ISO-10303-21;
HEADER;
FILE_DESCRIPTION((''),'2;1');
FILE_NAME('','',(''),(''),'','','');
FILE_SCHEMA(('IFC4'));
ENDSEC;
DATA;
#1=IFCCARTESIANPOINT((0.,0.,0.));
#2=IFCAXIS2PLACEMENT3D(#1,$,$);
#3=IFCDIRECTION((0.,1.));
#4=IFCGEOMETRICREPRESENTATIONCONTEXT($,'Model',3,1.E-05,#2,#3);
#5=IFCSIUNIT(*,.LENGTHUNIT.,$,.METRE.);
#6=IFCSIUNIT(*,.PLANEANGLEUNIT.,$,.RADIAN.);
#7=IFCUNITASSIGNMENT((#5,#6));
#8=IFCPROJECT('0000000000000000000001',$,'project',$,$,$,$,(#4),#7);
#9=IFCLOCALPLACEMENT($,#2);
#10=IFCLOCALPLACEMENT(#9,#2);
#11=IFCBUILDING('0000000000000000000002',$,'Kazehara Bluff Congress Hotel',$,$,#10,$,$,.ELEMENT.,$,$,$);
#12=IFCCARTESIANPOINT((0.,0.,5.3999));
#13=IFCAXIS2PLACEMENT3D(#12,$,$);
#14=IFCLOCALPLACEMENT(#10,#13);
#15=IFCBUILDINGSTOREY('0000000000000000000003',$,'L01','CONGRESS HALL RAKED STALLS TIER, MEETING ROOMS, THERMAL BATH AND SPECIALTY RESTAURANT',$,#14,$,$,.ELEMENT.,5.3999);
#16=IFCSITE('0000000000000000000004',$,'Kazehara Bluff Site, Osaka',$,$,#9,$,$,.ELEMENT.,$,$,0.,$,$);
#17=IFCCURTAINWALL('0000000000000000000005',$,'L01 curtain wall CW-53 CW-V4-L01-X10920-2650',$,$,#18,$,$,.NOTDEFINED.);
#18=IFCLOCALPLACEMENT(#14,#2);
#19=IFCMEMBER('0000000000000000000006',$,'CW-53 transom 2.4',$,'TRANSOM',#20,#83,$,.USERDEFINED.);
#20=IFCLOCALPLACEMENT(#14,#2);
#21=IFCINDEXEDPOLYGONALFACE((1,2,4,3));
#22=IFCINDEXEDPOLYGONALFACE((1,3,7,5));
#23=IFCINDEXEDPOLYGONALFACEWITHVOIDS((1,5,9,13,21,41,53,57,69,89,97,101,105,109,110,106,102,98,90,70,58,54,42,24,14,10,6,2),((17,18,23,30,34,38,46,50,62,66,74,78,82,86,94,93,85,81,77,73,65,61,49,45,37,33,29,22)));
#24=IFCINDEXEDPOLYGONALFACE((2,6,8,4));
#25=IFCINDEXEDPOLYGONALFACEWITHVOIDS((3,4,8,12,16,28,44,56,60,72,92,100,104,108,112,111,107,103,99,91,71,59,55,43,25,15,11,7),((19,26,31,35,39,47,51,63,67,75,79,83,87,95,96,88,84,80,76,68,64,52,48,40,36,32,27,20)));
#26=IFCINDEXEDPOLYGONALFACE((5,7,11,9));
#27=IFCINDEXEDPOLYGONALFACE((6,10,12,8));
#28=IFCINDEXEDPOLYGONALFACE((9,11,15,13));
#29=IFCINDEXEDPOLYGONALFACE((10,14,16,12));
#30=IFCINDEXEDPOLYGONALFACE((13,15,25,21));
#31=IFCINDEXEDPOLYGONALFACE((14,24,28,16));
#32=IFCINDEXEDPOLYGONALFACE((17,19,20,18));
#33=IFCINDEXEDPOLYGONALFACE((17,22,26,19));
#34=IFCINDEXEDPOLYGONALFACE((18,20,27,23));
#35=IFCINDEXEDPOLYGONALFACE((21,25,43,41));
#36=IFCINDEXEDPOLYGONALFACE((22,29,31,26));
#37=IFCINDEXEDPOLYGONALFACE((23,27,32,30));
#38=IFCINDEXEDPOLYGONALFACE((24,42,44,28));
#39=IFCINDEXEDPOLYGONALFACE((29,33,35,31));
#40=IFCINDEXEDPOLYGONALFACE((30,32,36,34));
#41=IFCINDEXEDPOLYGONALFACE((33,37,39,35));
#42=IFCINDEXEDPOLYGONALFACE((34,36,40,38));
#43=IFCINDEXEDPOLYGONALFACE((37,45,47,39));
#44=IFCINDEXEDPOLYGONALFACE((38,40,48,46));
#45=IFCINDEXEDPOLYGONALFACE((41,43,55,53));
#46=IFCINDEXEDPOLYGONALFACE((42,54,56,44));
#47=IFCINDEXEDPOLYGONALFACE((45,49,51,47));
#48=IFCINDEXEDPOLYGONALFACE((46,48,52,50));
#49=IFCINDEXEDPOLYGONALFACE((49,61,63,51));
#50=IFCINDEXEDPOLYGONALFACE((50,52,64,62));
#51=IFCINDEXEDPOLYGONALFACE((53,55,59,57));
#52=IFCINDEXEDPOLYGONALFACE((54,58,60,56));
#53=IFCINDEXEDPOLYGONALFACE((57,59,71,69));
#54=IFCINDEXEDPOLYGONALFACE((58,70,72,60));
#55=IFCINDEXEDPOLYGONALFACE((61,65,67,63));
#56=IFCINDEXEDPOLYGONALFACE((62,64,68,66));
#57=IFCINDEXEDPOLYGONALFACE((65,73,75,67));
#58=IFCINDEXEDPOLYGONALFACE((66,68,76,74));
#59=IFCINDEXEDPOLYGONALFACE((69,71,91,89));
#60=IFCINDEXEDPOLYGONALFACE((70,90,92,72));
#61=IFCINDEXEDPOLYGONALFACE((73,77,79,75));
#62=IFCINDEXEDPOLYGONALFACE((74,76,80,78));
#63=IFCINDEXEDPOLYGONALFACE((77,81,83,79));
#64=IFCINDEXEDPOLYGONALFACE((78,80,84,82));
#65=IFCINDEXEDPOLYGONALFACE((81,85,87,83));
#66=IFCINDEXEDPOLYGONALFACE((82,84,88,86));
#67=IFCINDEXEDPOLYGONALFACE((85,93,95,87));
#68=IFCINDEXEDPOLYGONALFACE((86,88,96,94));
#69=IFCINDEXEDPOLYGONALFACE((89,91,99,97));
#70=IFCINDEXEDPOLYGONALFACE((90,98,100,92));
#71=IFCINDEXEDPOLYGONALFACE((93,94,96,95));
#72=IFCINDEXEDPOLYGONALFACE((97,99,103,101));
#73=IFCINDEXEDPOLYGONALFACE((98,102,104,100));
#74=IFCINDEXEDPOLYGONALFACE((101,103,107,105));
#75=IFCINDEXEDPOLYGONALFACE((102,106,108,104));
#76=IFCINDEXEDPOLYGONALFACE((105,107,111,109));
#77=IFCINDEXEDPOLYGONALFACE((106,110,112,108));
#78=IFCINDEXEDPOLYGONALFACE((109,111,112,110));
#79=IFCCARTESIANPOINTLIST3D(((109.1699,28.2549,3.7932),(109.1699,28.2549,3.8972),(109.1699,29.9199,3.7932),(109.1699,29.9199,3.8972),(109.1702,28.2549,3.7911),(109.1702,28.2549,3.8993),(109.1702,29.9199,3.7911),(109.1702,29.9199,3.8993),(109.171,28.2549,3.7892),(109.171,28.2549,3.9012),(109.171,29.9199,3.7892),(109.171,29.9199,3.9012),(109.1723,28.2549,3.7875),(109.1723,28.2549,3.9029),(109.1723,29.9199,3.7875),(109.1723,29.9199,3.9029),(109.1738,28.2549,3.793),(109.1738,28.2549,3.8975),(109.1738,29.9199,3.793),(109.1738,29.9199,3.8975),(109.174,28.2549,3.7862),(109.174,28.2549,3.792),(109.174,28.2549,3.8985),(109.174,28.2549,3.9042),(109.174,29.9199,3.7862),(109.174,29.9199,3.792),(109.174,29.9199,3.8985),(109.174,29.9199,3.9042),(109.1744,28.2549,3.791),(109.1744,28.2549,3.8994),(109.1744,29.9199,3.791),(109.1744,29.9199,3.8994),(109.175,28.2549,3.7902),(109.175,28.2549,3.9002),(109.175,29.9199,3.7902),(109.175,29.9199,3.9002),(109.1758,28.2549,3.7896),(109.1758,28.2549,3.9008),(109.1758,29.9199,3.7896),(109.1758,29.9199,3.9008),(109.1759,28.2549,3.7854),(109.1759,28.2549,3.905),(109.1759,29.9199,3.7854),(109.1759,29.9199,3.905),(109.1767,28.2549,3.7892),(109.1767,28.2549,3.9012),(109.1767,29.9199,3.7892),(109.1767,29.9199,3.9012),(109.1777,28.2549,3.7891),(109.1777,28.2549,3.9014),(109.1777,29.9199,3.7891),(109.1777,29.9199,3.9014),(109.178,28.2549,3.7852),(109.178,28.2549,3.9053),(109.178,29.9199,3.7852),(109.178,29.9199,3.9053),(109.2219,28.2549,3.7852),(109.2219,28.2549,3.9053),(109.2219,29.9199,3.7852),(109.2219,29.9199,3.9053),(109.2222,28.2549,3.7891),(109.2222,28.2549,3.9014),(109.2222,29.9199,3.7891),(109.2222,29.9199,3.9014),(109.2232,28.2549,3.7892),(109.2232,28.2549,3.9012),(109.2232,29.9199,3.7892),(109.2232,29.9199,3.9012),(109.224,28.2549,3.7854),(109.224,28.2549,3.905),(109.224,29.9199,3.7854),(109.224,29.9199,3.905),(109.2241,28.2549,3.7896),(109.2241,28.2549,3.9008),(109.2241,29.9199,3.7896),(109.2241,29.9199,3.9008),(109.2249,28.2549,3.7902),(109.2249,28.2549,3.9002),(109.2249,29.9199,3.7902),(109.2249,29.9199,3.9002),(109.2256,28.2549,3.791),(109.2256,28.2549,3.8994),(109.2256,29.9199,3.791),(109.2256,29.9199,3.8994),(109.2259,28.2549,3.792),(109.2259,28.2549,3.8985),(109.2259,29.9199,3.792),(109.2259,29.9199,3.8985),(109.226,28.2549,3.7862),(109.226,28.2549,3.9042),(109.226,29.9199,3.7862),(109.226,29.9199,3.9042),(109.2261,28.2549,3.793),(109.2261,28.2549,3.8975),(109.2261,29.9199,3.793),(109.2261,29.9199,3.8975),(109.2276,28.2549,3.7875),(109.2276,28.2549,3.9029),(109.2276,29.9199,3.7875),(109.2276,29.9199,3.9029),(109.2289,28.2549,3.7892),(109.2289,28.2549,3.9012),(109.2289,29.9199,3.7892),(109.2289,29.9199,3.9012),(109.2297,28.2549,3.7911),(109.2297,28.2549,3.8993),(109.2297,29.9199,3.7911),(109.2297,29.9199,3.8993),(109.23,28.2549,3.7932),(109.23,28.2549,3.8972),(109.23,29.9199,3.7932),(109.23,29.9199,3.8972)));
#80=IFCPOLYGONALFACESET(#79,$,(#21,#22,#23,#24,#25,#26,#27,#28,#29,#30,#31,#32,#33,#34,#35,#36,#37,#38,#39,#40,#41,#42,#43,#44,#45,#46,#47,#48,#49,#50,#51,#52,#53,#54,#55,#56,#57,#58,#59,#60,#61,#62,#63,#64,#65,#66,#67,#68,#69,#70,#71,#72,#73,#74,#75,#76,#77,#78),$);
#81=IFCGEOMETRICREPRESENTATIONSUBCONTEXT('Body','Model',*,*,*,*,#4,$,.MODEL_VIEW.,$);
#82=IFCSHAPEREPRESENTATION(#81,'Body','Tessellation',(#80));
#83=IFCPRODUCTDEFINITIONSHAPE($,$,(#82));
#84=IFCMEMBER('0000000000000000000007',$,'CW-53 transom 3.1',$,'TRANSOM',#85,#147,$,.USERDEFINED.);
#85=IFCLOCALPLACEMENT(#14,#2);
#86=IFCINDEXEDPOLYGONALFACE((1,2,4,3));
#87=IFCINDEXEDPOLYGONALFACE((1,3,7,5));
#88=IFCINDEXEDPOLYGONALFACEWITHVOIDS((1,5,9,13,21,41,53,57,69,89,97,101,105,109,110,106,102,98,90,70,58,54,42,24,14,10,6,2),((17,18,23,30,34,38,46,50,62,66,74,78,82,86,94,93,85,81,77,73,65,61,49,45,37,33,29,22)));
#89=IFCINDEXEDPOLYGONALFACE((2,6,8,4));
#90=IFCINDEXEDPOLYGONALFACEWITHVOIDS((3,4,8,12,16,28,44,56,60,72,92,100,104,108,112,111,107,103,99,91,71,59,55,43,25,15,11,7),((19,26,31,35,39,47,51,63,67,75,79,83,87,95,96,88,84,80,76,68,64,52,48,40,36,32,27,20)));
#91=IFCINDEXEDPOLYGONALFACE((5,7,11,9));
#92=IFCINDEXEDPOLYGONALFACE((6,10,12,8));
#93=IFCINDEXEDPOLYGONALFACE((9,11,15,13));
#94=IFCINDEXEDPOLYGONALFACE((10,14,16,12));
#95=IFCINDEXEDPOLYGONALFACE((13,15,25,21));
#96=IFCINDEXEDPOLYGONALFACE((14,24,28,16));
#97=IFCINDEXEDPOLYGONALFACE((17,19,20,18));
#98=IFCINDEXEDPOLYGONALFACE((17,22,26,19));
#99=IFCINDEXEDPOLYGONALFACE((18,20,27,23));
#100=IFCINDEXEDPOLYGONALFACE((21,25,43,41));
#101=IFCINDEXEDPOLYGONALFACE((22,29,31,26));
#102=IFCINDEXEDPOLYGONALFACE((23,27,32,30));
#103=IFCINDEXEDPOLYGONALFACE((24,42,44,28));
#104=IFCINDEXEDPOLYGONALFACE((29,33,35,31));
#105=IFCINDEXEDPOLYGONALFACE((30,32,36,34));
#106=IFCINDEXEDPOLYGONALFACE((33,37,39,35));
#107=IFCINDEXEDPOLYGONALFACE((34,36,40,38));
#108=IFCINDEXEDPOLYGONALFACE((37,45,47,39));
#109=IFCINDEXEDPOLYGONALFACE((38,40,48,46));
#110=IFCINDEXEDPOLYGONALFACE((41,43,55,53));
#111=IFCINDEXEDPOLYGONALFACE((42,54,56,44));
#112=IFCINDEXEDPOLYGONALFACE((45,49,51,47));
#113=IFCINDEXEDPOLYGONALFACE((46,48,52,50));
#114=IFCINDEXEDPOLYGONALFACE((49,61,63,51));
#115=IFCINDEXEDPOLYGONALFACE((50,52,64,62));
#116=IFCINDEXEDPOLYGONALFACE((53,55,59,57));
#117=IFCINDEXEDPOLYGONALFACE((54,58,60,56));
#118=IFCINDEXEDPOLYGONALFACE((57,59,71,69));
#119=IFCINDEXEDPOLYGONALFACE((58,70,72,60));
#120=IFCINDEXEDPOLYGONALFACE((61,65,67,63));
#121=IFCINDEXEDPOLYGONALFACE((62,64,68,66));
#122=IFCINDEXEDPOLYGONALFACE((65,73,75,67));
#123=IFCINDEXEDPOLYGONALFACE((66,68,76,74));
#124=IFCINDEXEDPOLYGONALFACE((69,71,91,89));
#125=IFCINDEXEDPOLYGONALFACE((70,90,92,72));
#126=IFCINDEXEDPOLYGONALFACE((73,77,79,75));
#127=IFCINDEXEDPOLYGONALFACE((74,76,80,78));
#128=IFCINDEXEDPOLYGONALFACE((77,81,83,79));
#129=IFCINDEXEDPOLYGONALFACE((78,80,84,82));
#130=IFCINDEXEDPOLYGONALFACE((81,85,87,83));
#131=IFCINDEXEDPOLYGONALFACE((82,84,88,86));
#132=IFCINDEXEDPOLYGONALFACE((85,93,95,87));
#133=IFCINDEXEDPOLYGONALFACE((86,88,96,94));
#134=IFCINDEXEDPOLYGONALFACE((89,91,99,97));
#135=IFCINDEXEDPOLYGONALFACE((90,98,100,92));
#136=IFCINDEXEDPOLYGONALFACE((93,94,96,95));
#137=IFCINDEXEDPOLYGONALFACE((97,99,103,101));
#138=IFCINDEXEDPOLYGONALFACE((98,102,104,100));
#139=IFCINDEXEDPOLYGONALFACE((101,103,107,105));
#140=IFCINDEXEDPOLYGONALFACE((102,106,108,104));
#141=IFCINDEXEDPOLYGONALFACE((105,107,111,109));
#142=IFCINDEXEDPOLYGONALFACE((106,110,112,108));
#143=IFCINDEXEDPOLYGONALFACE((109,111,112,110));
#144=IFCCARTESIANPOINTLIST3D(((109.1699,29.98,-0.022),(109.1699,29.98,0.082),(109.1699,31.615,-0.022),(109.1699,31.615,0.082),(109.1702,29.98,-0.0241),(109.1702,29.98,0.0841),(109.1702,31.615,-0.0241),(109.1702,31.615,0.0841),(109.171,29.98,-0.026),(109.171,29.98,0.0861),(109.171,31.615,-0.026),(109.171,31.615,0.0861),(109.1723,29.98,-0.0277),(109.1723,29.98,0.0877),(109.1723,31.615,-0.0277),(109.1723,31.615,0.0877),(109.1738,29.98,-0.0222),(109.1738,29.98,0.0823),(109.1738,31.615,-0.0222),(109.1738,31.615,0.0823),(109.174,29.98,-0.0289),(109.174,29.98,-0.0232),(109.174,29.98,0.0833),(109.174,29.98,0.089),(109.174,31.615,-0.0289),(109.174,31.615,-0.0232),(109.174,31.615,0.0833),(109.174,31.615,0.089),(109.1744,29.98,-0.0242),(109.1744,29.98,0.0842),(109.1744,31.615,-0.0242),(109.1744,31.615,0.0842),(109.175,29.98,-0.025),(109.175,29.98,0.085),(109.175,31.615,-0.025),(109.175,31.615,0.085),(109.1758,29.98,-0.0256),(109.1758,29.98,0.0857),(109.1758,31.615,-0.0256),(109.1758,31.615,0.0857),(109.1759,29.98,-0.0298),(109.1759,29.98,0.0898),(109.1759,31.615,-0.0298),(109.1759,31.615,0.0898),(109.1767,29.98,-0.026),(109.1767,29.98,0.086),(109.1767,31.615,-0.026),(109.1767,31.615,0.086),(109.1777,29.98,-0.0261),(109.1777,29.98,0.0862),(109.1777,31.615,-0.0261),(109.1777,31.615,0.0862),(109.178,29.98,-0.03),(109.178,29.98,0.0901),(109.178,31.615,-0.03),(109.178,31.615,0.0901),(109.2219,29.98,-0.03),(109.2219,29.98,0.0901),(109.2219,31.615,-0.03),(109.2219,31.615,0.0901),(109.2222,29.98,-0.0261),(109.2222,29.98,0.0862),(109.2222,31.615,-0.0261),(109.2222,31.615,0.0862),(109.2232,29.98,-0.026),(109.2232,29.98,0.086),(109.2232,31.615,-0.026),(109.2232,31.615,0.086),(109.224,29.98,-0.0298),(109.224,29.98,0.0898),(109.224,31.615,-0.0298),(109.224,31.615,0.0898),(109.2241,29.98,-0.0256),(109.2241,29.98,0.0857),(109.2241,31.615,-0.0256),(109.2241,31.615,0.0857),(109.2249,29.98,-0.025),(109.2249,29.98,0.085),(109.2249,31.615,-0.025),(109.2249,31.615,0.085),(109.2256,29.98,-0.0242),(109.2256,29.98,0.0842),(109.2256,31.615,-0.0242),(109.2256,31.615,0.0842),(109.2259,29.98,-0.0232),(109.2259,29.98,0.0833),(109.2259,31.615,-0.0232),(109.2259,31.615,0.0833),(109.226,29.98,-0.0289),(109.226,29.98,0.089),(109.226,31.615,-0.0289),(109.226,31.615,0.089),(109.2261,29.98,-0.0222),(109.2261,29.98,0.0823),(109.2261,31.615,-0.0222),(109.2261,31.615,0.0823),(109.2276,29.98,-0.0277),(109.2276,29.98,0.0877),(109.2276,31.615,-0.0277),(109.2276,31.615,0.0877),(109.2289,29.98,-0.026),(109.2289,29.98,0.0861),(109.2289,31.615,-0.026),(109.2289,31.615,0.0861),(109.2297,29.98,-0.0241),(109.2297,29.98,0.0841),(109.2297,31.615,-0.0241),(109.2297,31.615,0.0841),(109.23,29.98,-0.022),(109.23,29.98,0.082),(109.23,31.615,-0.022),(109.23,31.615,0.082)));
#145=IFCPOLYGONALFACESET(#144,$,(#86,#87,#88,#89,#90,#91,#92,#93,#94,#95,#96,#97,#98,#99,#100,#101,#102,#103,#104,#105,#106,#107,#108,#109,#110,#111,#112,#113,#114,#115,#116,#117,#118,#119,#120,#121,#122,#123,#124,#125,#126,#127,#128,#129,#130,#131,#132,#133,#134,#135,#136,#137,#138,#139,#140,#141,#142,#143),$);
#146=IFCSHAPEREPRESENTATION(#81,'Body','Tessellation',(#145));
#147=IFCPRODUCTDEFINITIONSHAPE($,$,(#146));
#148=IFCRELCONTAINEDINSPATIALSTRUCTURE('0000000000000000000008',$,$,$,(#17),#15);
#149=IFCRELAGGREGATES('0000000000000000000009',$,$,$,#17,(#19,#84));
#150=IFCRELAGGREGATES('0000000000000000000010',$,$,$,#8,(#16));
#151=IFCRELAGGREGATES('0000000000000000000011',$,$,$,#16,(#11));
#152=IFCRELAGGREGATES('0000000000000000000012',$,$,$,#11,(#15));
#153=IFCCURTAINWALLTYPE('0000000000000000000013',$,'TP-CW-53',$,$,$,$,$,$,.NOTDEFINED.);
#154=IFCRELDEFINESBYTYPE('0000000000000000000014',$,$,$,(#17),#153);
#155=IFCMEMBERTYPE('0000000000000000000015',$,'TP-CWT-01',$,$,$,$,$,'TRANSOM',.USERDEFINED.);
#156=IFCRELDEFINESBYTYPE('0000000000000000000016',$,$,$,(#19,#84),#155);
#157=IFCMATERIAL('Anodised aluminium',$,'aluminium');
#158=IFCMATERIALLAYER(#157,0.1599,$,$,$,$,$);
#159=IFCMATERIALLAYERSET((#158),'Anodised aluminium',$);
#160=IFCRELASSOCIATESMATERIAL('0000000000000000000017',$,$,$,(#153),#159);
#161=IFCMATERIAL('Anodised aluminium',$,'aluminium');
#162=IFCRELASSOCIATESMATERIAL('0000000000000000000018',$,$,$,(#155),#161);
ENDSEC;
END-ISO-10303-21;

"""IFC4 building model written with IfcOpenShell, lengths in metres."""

from ifc_helpers import new_model, si_unit, direction, frame, origin, origin_2d, place, context, subcontext, project, spatial, hollow_rectangle, extrude, material, layer, layer_set, material_profile, profile_set, type_object, element, aggregate, save


model = new_model("IFC4")

# Units and contexts
model_context = context("Model", 3, precision=1e-05, world=origin(), true_north=direction((0.0, 1.0)))
body_context = subcontext(model_context, "Body", "Model", "MODEL_VIEW")
ifc_project = project(units=[si_unit("LENGTHUNIT", "METRE"), si_unit("PLANEANGLEUNIT", "RADIAN")], contexts=[model_context])

# Site, building, storey
site_placement = place(None, origin())
site = spatial("IfcSite", under=ifc_project, at=site_placement, Name="Kazehara Bluff Site, Osaka", CompositionType="ELEMENT", RefElevation=0.0)
building_placement = place(site_placement, origin())
building = spatial("IfcBuilding", under=site, at=building_placement, Name="Kazehara Bluff Congress Hotel", CompositionType="ELEMENT")
storey_placement = place(building_placement, frame((0.0, 0.0, 5.3999)))
storey = spatial("IfcBuildingStorey", under=building, at=storey_placement, Name="L01", Description="CONGRESS HALL RAKED STALLS TIER, MEETING ROOMS, THERMAL BATH AND SPECIALTY RESTAURANT", CompositionType="ELEMENT", Elevation=5.3999)

# Curtain wall, members
ifc_material_1 = material(Name="Anodised aluminium", Category="aluminium")
ifc_layer_1 = layer(ifc_material_1, 0.1599)
ifc_layer_set_1 = layer_set([ifc_layer_1], Name="Anodised aluminium")
curtain_wall_type = type_object("IfcCurtainWallType", Name="TP-CW-53", PredefinedType="NOTDEFINED", material=ifc_layer_set_1)
curtain_wall_placement = place(storey_placement, origin())
curtain_wall = element("IfcCurtainWall", 1, at=curtain_wall_placement, inside=storey, type_object=curtain_wall_type, Name="L01 curtain wall CW-53 CW-V4-L01-X10920-2650", PredefinedType="NOTDEFINED")
ifc_material_2 = material(Name="Anodised aluminium", Category="aluminium")
ifc_material_profile_1 = material_profile(ifc_material_2, hollow_rectangle(XDim=0.0601, YDim=0.1201, WallThickness=0.0039, InnerFilletRadius=0.0039, OuterFilletRadius=0.0081, at=origin_2d()))
ifc_profile_set_1 = profile_set([ifc_material_profile_1], Name="Anodised aluminium")
member_type_1 = type_object("IfcMemberType", Name="TP-CWT-01", ElementType="TRANSOM", PredefinedType="USERDEFINED", material=ifc_profile_set_1)
member_1_placement = place(storey_placement, frame((109.2, 28.2549, 3.8452), z_axis=(0.0, 1.0, 0.0), x_axis=(-1.0, 0.0, 0.0)))
member_1 = element("IfcMember", 2, at=member_1_placement, type_object=member_type_1, Name="CW-53 transom 2.4", ObjectType="TRANSOM", PredefinedType="USERDEFINED", context=body_context, shape_type="SweptSolid", body=[
    extrude(hollow_rectangle(XDim=0.0601, YDim=0.1201, WallThickness=0.0039, InnerFilletRadius=0.0039, OuterFilletRadius=0.0081, at=origin_2d()), origin(), (0.0, 0.0, 1.0), 1.665),
])
member_2_placement = place(storey_placement, frame((109.2, 29.98, 0.03), z_axis=(0.0, 1.0, 0.0), x_axis=(-1.0, 0.0, 0.0)))
member_2 = element("IfcMember", 3, at=member_2_placement, type_object=member_type_1, Name="CW-53 transom 3.1", ObjectType="TRANSOM", PredefinedType="USERDEFINED", context=body_context, shape_type="SweptSolid", body=[
    extrude(hollow_rectangle(XDim=0.0601, YDim=0.1201, WallThickness=0.0039, InnerFilletRadius=0.0039, OuterFilletRadius=0.0081, at=origin_2d()), origin(), (0.0, 0.0, 1.0), 1.635),
])

aggregate(curtain_wall, [member_1, member_2])

save(model, "model.ifc")
